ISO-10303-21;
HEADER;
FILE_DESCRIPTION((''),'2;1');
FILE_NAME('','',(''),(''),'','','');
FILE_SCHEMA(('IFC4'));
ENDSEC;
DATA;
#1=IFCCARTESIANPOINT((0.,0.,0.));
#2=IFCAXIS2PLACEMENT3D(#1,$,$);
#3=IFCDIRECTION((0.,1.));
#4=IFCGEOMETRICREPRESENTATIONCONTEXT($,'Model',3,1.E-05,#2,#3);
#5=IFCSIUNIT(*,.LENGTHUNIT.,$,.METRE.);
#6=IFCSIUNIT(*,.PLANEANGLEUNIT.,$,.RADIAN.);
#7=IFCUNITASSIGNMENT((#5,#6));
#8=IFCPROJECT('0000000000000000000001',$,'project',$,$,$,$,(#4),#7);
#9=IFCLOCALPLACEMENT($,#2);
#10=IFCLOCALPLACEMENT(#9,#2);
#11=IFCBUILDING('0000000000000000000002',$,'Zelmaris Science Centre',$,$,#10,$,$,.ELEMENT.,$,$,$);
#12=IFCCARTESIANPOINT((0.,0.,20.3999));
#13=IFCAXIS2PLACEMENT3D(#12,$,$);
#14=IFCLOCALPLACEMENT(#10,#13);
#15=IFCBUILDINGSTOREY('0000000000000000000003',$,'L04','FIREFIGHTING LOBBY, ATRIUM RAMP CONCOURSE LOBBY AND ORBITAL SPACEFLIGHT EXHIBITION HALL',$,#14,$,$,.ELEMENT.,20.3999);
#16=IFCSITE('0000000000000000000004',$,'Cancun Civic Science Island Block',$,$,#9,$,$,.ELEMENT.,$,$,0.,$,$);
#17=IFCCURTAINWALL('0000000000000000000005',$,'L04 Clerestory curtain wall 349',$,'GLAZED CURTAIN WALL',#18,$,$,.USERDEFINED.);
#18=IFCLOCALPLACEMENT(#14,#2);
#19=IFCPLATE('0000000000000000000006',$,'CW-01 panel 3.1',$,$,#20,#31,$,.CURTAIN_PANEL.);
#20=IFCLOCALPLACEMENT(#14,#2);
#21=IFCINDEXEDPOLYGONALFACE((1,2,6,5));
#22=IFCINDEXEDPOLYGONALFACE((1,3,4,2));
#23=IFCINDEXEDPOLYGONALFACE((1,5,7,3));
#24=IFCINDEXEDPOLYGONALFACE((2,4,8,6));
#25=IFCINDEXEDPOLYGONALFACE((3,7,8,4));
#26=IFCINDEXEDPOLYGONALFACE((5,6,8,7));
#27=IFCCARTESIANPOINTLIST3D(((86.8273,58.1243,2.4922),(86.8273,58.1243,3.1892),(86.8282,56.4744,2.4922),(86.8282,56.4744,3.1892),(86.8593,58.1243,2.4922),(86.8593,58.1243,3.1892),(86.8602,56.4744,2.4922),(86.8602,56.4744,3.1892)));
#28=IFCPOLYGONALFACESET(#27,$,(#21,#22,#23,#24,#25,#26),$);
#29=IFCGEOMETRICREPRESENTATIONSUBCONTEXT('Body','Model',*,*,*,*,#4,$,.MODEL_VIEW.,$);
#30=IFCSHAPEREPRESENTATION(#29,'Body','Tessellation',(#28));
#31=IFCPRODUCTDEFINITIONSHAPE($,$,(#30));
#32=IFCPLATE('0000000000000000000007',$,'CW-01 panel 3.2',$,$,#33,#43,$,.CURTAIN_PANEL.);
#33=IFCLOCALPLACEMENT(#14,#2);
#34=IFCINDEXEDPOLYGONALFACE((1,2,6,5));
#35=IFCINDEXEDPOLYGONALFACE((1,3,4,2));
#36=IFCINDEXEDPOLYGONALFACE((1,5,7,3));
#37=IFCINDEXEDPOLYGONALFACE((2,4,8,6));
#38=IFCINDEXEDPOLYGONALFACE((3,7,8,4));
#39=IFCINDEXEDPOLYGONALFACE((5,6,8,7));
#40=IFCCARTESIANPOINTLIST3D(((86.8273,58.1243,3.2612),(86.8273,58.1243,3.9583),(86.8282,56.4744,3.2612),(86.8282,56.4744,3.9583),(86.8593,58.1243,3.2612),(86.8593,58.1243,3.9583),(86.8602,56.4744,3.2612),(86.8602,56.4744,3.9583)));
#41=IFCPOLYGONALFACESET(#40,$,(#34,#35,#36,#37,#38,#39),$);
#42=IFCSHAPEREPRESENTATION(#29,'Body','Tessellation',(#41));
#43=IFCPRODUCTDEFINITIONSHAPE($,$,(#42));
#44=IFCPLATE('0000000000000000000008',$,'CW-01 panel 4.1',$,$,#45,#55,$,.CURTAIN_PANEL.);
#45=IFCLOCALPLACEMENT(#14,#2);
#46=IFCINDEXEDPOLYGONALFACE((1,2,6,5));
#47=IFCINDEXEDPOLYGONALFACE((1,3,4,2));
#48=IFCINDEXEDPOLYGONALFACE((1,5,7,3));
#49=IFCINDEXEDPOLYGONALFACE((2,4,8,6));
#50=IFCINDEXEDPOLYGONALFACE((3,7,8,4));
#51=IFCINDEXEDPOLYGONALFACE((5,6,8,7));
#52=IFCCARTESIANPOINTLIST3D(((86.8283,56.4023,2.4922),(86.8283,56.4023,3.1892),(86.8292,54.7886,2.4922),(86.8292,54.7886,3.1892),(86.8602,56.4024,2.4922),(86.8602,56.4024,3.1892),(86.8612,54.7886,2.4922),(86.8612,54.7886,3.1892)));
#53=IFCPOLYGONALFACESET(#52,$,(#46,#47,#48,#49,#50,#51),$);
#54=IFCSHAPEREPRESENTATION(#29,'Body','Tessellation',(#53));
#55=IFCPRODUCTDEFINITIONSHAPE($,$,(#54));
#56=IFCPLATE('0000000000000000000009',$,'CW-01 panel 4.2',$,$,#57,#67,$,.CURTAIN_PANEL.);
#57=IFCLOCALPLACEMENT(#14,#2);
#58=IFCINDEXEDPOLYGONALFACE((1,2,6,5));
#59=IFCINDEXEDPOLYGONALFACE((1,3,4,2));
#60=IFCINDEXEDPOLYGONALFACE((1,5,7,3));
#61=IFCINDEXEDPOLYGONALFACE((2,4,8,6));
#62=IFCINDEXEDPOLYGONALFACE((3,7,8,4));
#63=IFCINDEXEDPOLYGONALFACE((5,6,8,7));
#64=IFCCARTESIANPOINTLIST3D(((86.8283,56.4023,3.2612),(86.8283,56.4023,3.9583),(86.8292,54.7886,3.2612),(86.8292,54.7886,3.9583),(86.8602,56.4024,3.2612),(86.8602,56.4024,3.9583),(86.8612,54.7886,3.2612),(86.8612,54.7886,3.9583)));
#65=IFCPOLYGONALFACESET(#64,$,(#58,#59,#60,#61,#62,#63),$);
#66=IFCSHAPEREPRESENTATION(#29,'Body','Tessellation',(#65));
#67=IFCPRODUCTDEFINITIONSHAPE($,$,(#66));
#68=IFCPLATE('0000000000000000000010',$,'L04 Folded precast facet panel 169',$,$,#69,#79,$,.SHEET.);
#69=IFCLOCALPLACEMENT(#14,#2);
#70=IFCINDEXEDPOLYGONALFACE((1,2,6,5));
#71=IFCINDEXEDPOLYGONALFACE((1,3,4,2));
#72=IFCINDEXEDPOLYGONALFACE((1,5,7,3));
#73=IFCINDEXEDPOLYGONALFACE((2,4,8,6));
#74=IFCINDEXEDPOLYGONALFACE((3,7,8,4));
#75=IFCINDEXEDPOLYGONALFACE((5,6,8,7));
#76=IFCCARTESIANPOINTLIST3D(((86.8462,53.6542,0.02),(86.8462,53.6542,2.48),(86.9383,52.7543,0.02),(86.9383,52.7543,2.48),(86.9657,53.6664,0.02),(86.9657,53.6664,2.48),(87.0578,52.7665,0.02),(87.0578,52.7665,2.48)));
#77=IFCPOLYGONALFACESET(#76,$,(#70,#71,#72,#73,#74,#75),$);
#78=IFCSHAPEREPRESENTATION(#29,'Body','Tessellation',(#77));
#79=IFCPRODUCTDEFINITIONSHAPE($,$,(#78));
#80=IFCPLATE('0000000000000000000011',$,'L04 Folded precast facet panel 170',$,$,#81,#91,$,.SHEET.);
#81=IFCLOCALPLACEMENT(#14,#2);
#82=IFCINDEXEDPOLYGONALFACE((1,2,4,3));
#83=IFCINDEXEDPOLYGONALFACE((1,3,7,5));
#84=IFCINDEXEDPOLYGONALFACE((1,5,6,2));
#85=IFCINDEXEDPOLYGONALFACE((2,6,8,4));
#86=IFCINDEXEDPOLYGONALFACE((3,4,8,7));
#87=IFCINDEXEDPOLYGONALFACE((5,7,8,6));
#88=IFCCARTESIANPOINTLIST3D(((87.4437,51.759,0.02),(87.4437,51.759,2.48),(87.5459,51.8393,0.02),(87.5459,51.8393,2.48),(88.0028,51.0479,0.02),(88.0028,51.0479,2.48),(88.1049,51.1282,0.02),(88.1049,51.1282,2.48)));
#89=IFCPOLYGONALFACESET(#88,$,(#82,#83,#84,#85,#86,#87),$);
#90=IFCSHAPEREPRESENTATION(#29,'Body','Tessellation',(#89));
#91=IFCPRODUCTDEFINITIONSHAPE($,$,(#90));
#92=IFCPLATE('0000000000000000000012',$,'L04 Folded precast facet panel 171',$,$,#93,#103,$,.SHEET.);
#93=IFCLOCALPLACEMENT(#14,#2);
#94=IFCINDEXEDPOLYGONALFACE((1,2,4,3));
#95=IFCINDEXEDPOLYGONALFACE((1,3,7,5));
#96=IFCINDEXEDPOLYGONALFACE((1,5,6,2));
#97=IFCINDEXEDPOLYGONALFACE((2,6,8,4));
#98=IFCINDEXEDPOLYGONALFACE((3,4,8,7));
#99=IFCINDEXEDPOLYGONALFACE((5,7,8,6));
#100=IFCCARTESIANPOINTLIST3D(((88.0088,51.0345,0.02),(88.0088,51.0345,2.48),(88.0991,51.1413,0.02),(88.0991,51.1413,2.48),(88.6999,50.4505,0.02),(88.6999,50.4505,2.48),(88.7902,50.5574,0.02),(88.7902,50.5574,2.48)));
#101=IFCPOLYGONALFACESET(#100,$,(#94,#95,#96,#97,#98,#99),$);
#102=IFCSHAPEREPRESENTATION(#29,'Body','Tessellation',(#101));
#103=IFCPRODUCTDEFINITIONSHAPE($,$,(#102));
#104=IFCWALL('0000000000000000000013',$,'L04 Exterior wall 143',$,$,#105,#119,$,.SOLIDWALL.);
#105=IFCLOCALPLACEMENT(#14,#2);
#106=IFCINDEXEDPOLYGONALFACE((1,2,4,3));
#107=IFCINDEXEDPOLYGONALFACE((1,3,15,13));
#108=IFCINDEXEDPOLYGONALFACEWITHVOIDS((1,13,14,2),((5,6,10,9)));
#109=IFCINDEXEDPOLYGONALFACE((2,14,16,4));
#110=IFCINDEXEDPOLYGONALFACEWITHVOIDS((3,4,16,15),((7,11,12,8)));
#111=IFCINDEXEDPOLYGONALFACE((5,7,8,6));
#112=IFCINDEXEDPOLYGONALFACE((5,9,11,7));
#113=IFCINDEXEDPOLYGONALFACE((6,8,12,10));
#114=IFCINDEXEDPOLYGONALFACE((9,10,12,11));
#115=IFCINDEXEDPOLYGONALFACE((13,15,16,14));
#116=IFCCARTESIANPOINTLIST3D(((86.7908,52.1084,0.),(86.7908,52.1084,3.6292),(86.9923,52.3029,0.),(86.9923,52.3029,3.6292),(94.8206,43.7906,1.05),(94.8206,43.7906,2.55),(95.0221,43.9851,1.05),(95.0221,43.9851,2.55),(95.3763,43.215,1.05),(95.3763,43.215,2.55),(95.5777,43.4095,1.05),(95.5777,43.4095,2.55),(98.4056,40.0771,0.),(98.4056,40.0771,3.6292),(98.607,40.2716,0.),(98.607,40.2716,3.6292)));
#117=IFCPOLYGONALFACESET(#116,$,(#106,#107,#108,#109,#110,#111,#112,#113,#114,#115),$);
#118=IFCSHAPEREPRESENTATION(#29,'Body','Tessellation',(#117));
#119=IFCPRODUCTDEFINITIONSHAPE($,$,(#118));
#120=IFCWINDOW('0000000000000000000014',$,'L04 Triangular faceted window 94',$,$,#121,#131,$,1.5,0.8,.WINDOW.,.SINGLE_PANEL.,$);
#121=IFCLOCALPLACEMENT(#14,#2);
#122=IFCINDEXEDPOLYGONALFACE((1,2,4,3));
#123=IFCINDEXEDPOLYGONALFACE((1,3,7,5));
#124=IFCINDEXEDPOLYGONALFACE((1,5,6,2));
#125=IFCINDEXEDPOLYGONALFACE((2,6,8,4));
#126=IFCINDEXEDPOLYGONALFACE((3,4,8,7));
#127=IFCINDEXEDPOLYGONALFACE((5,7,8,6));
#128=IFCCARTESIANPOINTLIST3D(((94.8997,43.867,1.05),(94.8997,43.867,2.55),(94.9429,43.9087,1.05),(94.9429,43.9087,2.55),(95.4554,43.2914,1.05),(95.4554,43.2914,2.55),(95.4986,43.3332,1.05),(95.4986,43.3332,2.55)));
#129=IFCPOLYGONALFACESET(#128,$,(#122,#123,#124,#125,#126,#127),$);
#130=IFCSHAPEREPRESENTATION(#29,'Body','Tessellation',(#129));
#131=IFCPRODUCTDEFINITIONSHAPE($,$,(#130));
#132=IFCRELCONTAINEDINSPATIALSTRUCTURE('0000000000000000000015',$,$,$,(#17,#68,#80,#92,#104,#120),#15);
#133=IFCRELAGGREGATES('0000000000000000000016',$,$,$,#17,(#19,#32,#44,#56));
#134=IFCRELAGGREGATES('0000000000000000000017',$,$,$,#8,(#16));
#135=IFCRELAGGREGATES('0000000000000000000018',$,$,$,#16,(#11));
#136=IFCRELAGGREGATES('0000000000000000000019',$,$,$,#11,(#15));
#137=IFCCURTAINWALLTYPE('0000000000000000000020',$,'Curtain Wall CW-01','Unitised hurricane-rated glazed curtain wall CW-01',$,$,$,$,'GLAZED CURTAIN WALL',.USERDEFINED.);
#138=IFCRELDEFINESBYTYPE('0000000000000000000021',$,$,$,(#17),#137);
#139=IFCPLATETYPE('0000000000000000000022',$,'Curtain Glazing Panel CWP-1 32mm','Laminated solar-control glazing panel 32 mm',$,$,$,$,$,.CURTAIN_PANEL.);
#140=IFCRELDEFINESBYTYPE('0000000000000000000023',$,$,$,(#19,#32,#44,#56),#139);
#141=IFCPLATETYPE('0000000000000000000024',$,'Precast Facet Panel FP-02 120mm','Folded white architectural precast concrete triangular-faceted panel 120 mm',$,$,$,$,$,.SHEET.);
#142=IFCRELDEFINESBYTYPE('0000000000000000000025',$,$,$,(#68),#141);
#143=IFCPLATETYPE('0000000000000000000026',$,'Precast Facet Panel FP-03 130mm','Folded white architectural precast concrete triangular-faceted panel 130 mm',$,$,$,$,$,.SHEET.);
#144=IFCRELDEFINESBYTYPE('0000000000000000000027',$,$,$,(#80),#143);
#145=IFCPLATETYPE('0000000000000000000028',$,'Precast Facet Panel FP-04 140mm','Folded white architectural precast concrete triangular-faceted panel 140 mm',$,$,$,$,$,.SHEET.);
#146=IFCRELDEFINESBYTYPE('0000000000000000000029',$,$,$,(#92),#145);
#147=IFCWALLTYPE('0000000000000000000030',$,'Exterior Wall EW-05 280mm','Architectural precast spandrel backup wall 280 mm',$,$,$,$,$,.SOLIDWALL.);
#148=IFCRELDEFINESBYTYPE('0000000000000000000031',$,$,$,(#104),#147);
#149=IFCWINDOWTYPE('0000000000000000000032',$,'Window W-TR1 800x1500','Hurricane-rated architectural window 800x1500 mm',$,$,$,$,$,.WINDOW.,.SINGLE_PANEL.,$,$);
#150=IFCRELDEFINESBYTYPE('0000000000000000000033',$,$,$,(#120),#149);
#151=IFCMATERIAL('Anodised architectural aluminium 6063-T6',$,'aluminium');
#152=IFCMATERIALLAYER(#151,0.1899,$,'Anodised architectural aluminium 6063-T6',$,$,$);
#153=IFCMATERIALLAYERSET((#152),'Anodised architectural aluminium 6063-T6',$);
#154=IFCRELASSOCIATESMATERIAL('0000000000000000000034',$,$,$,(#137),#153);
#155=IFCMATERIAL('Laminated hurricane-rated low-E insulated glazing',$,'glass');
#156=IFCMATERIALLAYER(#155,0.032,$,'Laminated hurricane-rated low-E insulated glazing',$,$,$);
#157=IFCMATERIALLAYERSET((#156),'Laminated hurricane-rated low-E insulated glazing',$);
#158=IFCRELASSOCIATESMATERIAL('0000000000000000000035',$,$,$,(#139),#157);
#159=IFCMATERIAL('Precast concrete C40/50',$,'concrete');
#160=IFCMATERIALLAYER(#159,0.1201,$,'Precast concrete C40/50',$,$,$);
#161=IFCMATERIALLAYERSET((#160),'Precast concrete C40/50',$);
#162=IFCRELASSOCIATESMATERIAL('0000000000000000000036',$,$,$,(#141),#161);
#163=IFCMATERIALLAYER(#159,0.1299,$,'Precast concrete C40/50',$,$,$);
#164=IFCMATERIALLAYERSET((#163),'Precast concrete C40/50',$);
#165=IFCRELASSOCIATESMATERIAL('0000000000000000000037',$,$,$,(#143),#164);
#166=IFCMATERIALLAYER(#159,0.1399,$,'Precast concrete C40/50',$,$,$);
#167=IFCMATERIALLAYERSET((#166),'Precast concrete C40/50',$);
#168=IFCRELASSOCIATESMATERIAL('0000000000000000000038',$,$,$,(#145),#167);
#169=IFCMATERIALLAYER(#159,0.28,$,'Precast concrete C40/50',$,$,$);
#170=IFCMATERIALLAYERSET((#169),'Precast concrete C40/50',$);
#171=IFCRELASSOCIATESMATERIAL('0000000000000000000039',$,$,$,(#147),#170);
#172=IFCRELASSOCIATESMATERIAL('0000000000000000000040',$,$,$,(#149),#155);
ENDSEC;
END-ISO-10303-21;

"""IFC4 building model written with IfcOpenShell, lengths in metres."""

from ifc_helpers import new_model, si_unit, direction, frame, frame_2d, origin, origin_2d, place, context, subcontext, project, spatial, rectangle, extrude, material, layer, layer_set, type_object, element, fill, aggregate, save


model = new_model("IFC4")

# Units and contexts
model_context = context("Model", 3, precision=1e-05, world=origin(), true_north=direction((0.0, 1.0)))
body_context = subcontext(model_context, "Body", "Model", "MODEL_VIEW")
ifc_project = project(units=[si_unit("LENGTHUNIT", "METRE"), si_unit("PLANEANGLEUNIT", "RADIAN")], contexts=[model_context])

# Site, building, storey
site_placement = place(None, origin())
site = spatial("IfcSite", under=ifc_project, at=site_placement, Name="Cancun Civic Science Island Block", CompositionType="ELEMENT", RefElevation=0.0)
building_placement = place(site_placement, origin())
building = spatial("IfcBuilding", under=site, at=building_placement, Name="Zelmaris Science Centre", CompositionType="ELEMENT")
storey_placement = place(building_placement, frame((0.0, 0.0, 20.3999)))
storey = spatial("IfcBuildingStorey", under=building, at=storey_placement, Name="L04", Description="FIREFIGHTING LOBBY, ATRIUM RAMP CONCOURSE LOBBY AND ORBITAL SPACEFLIGHT EXHIBITION HALL", CompositionType="ELEMENT", Elevation=20.3999)

# Curtain wall
ifc_material_1 = material(Name="Anodised architectural aluminium 6063-T6", Category="aluminium")
ifc_layer_1 = layer(ifc_material_1, 0.1899, Name="Anodised architectural aluminium 6063-T6")
ifc_layer_set_1 = layer_set([ifc_layer_1], Name="Anodised architectural aluminium 6063-T6")
curtain_wall_type = type_object("IfcCurtainWallType", Name="Curtain Wall CW-01", Description="Unitised hurricane-rated glazed curtain wall CW-01", ElementType="GLAZED CURTAIN WALL", PredefinedType="USERDEFINED", material=ifc_layer_set_1)
curtain_wall_placement = place(storey_placement, origin())
curtain_wall = element("IfcCurtainWall", 1, at=curtain_wall_placement, inside=storey, type_object=curtain_wall_type, Name="L04 Clerestory curtain wall 349", ObjectType="GLAZED CURTAIN WALL", PredefinedType="USERDEFINED")

# Plates
ifc_material_2 = material(Name="Laminated hurricane-rated low-E insulated glazing", Category="glass")
ifc_layer_2 = layer(ifc_material_2, 0.032, Name="Laminated hurricane-rated low-E insulated glazing")
ifc_layer_set_2 = layer_set([ifc_layer_2], Name="Laminated hurricane-rated low-E insulated glazing")
plate_type_1 = type_object("IfcPlateType", Name="Curtain Glazing Panel CWP-1 32mm", Description="Laminated solar-control glazing panel 32 mm", PredefinedType="CURTAIN_PANEL", material=ifc_layer_set_2)
plate_1_placement = place(storey_placement, frame((86.8438, 57.2993, 2.4922), z_axis=(0.0, 0.0, 1.0), x_axis=(0.000586, -1.0, 0.0)))
plate_1 = element("IfcPlate", 2, at=plate_1_placement, type_object=plate_type_1, Name="CW-01 panel 3.1", PredefinedType="CURTAIN_PANEL", context=body_context, shape_type="SweptSolid", body=[
    extrude(rectangle(XDim=1.6499, YDim=0.032, at=origin_2d()), origin(), (0.0, 0.0, 1.0), 0.697),
])
plate_2_placement = place(storey_placement, frame((86.8438, 57.2993, 3.2612), z_axis=(0.0, 0.0, 1.0), x_axis=(0.000586, -1.0, 0.0)))
plate_2 = element("IfcPlate", 3, at=plate_2_placement, type_object=plate_type_1, Name="CW-01 panel 3.2", PredefinedType="CURTAIN_PANEL", context=body_context, shape_type="SweptSolid", body=[
    extrude(rectangle(XDim=1.6499, YDim=0.032, at=origin_2d()), origin(), (0.0, 0.0, 1.0), 0.697),
])
plate_3_placement = place(storey_placement, frame((86.8447, 55.5955, 2.4922), z_axis=(0.0, 0.0, 1.0), x_axis=(0.000586, -1.0, 0.0)))
plate_3 = element("IfcPlate", 4, at=plate_3_placement, type_object=plate_type_1, Name="CW-01 panel 4.1", PredefinedType="CURTAIN_PANEL", context=body_context, shape_type="SweptSolid", body=[
    extrude(rectangle(XDim=1.6138, YDim=0.032, at=origin_2d()), origin(), (0.0, 0.0, 1.0), 0.697),
])
plate_4_placement = place(storey_placement, frame((86.8447, 55.5955, 3.2612), z_axis=(0.0, 0.0, 1.0), x_axis=(0.000586, -1.0, 0.0)))
plate_4 = element("IfcPlate", 5, at=plate_4_placement, type_object=plate_type_1, Name="CW-01 panel 4.2", PredefinedType="CURTAIN_PANEL", context=body_context, shape_type="SweptSolid", body=[
    extrude(rectangle(XDim=1.6138, YDim=0.032, at=origin_2d()), origin(), (0.0, 0.0, 1.0), 0.697),
])
aggregate(curtain_wall, [plate_1, plate_2, plate_3, plate_4])

# Plates
ifc_material_3 = material(Name="Precast concrete C40/50", Category="concrete")
ifc_layer_3 = layer(ifc_material_3, 0.1201, Name="Precast concrete C40/50")
ifc_layer_set_3 = layer_set([ifc_layer_3], Name="Precast concrete C40/50")
plate_type_2 = type_object("IfcPlateType", Name="Precast Facet Panel FP-02 120mm", Description="Folded white architectural precast concrete triangular-faceted panel 120 mm", PredefinedType="SHEET", material=ifc_layer_set_3)
plate_5_placement = place(storey_placement, frame((86.906, 53.6602, 0.02), z_axis=(0.0, 0.0, 1.0), x_axis=(0.101748, -0.99481, 0.0)))
element("IfcPlate", 6, at=plate_5_placement, inside=storey, type_object=plate_type_2, Name="L04 Folded precast facet panel 169", PredefinedType="SHEET", context=body_context, shape_type="SweptSolid", body=[
    extrude(rectangle(XDim=0.9045, YDim=0.1201, at=frame_2d((0.4521, 0.0))), origin(), (0.0, 0.0, 1.0), 2.46),
])
ifc_layer_4 = layer(ifc_material_3, 0.1299, Name="Precast concrete C40/50")
ifc_layer_set_4 = layer_set([ifc_layer_4], Name="Precast concrete C40/50")
plate_type_3 = type_object("IfcPlateType", Name="Precast Facet Panel FP-03 130mm", Description="Folded white architectural precast concrete triangular-faceted panel 130 mm", PredefinedType="SHEET", material=ifc_layer_set_4)
plate_6_placement = place(storey_placement, frame((87.4949, 51.7991, 0.02), z_axis=(0.0, 0.0, 1.0), x_axis=(0.618024, -0.786159, 0.0)))
element("IfcPlate", 7, at=plate_6_placement, inside=storey, type_object=plate_type_3, Name="L04 Folded precast facet panel 170", PredefinedType="SHEET", context=body_context, shape_type="SweptSolid", body=[
    extrude(rectangle(XDim=0.9045, YDim=0.1299, at=frame_2d((0.4521, 0.0))), origin(), (0.0, 0.0, 1.0), 2.46),
])
ifc_layer_5 = layer(ifc_material_3, 0.1399, Name="Precast concrete C40/50")
ifc_layer_set_5 = layer_set([ifc_layer_5], Name="Precast concrete C40/50")
plate_type_4 = type_object("IfcPlateType", Name="Precast Facet Panel FP-04 140mm", Description="Folded white architectural precast concrete triangular-faceted panel 140 mm", PredefinedType="SHEET", material=ifc_layer_set_5)
plate_7_placement = place(storey_placement, frame((88.054, 51.0879, 0.02), z_axis=(0.0, 0.0, 1.0), x_axis=(0.763847, -0.645398, 0.0)))
element("IfcPlate", 8, at=plate_7_placement, inside=storey, type_object=plate_type_4, Name="L04 Folded precast facet panel 171", PredefinedType="SHEET", context=body_context, shape_type="SweptSolid", body=[
    extrude(rectangle(XDim=0.9048, YDim=0.1399, at=frame_2d((0.4524, 0.0))), origin(), (0.0, 0.0, 1.0), 2.46),
])

# Wall, opening, window
ifc_layer_6 = layer(ifc_material_3, 0.28, Name="Precast concrete C40/50")
ifc_layer_set_6 = layer_set([ifc_layer_6], Name="Precast concrete C40/50")
wall_type = type_object("IfcWallType", Name="Exterior Wall EW-05 280mm", Description="Architectural precast spandrel backup wall 280 mm", PredefinedType="SOLIDWALL", material=ifc_layer_set_6)
wall_placement = place(storey_placement, frame((86.8916, 52.2056, 0.0), z_axis=(0.0, 0.0, 1.0), x_axis=(0.694544, -0.71945, 0.0)))
wall = element("IfcWall", 9, at=wall_placement, inside=storey, type_object=wall_type, Name="L04 Exterior wall 143", PredefinedType="SOLIDWALL", context=body_context, shape_type="SweptSolid", body=[
    extrude(rectangle(XDim=16.7229, YDim=0.28, at=frame_2d((8.3613, 0.0))), origin(), (0.0, 0.0, 1.0), 3.6292),
])
opening_placement = place(wall_placement, frame((11.5613, 0.0, 1.05)))
opening = element("IfcOpeningElement", 10, at=opening_placement, cuts=wall, PredefinedType="OPENING", context=body_context, shape_type="SweptSolid", body=[
    extrude(rectangle(XDim=0.8, YDim=1.5, at=frame_2d((0.3999, 0.75))), frame((0.0, 0.1499, 0.0), z_axis=(0.0, -1.0, 0.0), x_axis=(1.0, 0.0, 0.0)), (0.0, 0.0, 1.0), 0.3),
])
window_type = type_object("IfcWindowType", Name="Window W-TR1 800x1500", Description="Hurricane-rated architectural window 800x1500 mm", PartitioningType="SINGLE_PANEL", PredefinedType="WINDOW", material=ifc_material_2)
window_placement = place(opening_placement, origin())
window = element("IfcWindow", 11, at=window_placement, inside=storey, type_object=window_type, Name="L04 Triangular faceted window 94", OverallHeight=1.5, OverallWidth=0.8, PartitioningType="SINGLE_PANEL", PredefinedType="WINDOW", context=body_context, shape_type="SweptSolid", body=[
    extrude(rectangle(XDim=0.8, YDim=1.5, at=frame_2d((0.3999, 0.75))), frame((0.0, 0.03, 0.0), z_axis=(0.0, -1.0, 0.0), x_axis=(1.0, 0.0, 0.0)), (0.0, 0.0, 1.0), 0.0601),
])
fill(opening, window)

save(model, "model.ifc")
